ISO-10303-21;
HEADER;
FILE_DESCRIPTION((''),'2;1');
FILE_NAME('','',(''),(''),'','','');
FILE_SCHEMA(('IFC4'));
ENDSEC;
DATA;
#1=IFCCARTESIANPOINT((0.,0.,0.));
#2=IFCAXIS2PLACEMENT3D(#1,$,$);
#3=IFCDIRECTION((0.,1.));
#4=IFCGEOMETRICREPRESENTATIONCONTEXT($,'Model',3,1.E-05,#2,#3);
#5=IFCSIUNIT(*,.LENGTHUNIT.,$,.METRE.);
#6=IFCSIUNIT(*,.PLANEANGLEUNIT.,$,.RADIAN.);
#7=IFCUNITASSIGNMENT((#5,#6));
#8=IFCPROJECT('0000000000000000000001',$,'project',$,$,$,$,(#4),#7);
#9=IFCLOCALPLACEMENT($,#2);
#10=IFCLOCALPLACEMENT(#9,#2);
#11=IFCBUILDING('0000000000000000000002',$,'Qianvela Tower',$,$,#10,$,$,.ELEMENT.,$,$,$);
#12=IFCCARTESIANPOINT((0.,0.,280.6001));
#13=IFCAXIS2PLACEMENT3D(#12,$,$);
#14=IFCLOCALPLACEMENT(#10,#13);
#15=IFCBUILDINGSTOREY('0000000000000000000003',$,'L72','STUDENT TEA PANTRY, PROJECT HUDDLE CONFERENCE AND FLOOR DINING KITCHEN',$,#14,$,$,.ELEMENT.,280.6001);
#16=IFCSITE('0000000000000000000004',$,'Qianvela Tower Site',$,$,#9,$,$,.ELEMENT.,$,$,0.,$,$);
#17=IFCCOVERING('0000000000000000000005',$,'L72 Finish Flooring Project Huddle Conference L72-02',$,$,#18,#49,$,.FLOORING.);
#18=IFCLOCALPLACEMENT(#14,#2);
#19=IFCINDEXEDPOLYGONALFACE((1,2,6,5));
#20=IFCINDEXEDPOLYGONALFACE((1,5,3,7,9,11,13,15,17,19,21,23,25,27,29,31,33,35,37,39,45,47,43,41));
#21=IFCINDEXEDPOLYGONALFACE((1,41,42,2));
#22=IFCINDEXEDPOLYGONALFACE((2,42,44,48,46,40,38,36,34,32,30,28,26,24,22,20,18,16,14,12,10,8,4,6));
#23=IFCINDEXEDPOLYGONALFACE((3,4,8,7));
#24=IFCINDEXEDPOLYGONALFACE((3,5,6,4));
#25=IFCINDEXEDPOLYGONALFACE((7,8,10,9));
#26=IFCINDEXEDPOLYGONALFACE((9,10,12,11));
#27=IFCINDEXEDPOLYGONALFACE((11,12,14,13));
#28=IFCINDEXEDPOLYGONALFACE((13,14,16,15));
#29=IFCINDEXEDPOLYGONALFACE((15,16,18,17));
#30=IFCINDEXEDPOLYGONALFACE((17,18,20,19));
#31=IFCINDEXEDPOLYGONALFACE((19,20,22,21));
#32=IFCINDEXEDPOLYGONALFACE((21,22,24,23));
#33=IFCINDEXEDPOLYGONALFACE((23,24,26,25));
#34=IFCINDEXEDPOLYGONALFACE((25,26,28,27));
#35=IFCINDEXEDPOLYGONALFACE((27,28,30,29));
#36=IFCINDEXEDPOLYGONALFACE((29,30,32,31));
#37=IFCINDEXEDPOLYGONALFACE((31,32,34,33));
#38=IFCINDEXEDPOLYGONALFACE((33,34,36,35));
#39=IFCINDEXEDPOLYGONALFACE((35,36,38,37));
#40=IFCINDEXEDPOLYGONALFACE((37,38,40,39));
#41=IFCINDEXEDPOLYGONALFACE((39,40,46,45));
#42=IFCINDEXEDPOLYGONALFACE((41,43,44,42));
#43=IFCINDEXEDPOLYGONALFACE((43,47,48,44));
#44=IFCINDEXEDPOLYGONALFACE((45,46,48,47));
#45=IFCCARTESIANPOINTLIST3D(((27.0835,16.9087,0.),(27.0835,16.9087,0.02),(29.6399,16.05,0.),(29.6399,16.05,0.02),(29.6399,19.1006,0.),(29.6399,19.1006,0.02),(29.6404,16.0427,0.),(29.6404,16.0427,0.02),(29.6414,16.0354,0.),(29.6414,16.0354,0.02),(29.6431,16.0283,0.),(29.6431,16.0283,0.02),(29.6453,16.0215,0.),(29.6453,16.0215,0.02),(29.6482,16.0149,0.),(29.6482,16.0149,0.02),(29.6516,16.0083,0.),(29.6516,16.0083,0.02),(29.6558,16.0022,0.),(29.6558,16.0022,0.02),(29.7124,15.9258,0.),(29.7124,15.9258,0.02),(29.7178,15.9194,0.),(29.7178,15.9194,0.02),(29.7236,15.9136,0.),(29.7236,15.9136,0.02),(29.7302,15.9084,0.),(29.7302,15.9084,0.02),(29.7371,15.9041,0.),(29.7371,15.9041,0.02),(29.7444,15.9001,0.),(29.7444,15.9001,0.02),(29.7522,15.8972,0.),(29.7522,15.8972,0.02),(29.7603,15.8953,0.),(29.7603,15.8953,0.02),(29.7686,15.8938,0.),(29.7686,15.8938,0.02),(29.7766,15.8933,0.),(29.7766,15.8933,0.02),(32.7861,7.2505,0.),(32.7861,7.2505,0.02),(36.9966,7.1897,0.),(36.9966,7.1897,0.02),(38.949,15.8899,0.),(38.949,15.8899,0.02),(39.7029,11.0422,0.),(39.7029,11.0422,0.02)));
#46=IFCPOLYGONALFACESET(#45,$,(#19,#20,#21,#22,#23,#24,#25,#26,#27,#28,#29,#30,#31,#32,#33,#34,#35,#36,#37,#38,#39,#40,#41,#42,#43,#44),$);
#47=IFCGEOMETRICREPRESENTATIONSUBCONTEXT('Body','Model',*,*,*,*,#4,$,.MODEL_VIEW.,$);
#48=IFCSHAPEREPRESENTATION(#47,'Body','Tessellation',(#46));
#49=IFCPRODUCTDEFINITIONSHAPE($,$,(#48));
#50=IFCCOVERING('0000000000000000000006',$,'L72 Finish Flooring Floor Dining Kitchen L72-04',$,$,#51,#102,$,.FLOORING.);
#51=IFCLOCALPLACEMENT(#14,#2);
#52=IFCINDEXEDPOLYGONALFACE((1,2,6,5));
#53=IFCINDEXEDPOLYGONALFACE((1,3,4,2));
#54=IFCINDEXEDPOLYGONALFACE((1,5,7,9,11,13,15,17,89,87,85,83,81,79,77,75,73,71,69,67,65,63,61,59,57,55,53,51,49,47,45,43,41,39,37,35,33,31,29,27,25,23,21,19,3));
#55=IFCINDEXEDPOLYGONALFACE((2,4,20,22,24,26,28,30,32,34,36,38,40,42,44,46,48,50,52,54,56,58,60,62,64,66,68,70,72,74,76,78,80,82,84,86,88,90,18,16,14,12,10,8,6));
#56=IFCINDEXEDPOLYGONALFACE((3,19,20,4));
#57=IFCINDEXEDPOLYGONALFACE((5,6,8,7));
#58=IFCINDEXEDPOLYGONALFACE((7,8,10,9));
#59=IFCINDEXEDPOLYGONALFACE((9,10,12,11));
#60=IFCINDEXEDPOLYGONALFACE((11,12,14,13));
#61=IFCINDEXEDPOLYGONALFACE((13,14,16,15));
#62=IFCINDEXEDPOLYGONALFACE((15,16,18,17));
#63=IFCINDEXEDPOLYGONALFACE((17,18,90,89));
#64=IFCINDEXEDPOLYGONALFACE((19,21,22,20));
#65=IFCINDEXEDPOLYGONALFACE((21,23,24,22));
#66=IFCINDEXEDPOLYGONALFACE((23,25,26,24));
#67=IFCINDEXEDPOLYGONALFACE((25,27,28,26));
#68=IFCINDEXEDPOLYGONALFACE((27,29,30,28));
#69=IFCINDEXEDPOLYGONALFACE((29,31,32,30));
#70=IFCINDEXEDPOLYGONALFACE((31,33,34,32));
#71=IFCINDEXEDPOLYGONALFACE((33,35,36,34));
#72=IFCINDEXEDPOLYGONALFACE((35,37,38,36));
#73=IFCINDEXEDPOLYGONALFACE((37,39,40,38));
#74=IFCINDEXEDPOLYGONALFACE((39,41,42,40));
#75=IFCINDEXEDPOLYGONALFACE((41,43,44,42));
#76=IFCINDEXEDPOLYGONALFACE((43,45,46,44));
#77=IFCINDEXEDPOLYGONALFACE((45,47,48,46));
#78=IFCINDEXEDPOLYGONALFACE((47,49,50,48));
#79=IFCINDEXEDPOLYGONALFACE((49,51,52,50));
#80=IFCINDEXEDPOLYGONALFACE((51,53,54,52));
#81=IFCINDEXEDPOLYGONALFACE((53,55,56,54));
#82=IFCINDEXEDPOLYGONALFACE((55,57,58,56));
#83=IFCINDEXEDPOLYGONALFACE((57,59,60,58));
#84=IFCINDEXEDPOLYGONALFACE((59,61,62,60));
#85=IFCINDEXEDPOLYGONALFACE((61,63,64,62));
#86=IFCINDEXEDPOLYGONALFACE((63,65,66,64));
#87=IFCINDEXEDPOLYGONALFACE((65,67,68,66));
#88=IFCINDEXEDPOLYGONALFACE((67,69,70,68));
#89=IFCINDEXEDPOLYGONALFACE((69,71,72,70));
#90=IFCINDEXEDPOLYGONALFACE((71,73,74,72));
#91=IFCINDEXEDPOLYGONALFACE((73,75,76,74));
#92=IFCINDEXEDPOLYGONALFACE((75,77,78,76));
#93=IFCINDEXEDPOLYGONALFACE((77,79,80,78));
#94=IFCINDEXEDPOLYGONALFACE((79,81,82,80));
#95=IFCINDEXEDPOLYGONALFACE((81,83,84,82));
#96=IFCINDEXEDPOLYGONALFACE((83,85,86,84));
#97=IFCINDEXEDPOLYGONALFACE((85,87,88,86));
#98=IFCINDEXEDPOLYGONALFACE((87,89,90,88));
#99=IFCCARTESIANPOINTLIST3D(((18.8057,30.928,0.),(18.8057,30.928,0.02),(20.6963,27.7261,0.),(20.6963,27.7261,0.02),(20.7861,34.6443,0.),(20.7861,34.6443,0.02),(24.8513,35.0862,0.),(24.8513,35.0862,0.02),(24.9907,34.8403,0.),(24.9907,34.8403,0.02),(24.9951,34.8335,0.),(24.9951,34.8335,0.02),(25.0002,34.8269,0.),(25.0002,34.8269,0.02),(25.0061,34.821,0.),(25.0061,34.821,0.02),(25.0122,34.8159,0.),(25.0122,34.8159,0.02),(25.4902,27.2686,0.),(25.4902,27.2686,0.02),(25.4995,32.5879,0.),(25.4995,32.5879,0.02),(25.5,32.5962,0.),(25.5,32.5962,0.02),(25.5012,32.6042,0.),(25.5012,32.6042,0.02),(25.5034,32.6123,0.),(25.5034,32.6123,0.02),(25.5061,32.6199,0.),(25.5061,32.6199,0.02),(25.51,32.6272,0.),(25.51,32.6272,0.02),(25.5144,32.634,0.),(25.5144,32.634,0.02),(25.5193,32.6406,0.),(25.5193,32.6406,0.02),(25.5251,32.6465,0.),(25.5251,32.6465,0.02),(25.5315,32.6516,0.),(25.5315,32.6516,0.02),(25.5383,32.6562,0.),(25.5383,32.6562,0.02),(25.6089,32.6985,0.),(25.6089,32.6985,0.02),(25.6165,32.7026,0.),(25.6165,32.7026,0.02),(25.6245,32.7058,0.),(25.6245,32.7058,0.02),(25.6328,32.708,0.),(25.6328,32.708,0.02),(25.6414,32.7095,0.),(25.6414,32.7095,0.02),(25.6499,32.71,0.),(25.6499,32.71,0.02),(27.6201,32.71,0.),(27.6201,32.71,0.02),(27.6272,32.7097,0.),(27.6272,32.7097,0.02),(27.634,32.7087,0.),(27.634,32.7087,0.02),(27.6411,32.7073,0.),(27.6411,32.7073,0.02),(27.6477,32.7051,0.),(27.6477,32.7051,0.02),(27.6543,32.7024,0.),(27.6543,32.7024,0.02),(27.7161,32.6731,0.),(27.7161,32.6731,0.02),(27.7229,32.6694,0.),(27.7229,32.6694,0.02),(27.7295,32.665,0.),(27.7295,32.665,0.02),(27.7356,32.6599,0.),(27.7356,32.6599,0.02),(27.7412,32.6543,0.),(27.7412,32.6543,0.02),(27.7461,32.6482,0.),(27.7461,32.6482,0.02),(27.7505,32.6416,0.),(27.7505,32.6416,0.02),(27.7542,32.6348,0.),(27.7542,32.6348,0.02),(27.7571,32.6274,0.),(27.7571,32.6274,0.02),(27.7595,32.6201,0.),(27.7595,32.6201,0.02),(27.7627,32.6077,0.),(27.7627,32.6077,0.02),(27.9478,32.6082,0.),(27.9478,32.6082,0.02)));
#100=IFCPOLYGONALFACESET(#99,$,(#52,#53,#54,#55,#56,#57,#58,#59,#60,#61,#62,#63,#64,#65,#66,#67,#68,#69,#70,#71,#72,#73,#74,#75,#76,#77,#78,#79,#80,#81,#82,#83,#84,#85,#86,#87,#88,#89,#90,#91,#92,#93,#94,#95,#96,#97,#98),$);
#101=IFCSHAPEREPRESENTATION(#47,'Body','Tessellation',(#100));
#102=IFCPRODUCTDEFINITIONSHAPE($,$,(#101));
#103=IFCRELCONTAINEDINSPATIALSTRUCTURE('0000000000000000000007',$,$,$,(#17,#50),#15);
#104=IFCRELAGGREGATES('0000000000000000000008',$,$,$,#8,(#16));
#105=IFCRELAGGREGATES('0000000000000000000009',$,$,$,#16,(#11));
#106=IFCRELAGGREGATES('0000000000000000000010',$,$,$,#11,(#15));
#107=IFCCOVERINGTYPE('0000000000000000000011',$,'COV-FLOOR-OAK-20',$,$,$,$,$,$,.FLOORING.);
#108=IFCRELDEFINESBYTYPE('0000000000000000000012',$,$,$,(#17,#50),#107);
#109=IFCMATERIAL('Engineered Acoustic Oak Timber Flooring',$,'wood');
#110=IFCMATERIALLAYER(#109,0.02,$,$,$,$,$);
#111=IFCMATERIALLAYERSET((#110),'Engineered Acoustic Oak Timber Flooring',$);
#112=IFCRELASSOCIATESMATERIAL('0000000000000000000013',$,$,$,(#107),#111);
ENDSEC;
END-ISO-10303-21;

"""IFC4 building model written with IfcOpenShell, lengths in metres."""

from ifc_helpers import new_model, si_unit, direction, frame, origin, place, context, subcontext, project, spatial, polyline, outline, extrude, material, layer, layer_set, type_object, element, save


model = new_model("IFC4")

# Units and contexts
model_context = context("Model", 3, precision=1e-05, world=origin(), true_north=direction((0.0, 1.0)))
body_context = subcontext(model_context, "Body", "Model", "MODEL_VIEW")
ifc_project = project(units=[si_unit("LENGTHUNIT", "METRE"), si_unit("PLANEANGLEUNIT", "RADIAN")], contexts=[model_context])

# Site, building, storey
site_placement = place(None, origin())
site = spatial("IfcSite", under=ifc_project, at=site_placement, Name="Qianvela Tower Site", CompositionType="ELEMENT", RefElevation=0.0)
building_placement = place(site_placement, origin())
building = spatial("IfcBuilding", under=site, at=building_placement, Name="Qianvela Tower", CompositionType="ELEMENT")
storey_placement = place(building_placement, frame((0.0, 0.0, 280.6001)))
storey = spatial("IfcBuildingStorey", under=building, at=storey_placement, Name="L72", Description="STUDENT TEA PANTRY, PROJECT HUDDLE CONFERENCE AND FLOOR DINING KITCHEN", CompositionType="ELEMENT", Elevation=280.6001)

# Coverings
ifc_material_1 = material(Name="Engineered Acoustic Oak Timber Flooring", Category="wood")
ifc_layer_1 = layer(ifc_material_1, 0.02)
ifc_layer_set_1 = layer_set([ifc_layer_1], Name="Engineered Acoustic Oak Timber Flooring")
covering_type_1 = type_object("IfcCoveringType", Name="COV-FLOOR-OAK-20", PredefinedType="FLOORING", material=ifc_layer_set_1)
covering_1_placement = place(storey_placement, origin())
element("IfcCovering", 1, at=covering_1_placement, inside=storey, type_object=covering_type_1, Name="L72 Finish Flooring Project Huddle Conference L72-02", PredefinedType="FLOORING", context=body_context, shape_type="SweptSolid", body=[
    extrude(outline(polyline([(27.0835, 16.9087), (29.6399, 19.1006), (29.6399, 16.05), (29.6404, 16.0427), (29.6414, 16.0354), (29.6431, 16.0283), (29.6453, 16.0215), (29.6482, 16.0149), (29.6516, 16.0083), (29.6558, 16.0022), (29.7124, 15.9258), (29.7178, 15.9194), (29.7236, 15.9136), (29.7302, 15.9084), (29.7371, 15.9041), (29.7444, 15.9001), (29.7522, 15.8972), (29.7603, 15.8953), (29.7686, 15.8938), (29.7766, 15.8933), (38.949, 15.8899), (39.7029, 11.0422), (36.9966, 7.1897), (32.7861, 7.2505), (27.0835, 16.9087)])), origin(), (0.0, 0.0, 1.0), 0.02),
])
covering_2_placement = place(storey_placement, origin())
element("IfcCovering", 2, at=covering_2_placement, inside=storey, type_object=covering_type_1, Name="L72 Finish Flooring Floor Dining Kitchen L72-04", PredefinedType="FLOORING", context=body_context, shape_type="SweptSolid", body=[
    extrude(outline(polyline([(20.7861, 34.6443), (24.8513, 35.0862), (24.9907, 34.8403), (24.9951, 34.8335), (25.0002, 34.8269), (25.0061, 34.821), (25.0122, 34.8159), (27.9478, 32.6082), (27.7627, 32.6077), (27.7595, 32.6201), (27.7571, 32.6274), (27.7542, 32.6348), (27.7505, 32.6416), (27.7461, 32.6482), (27.7412, 32.6543), (27.7356, 32.6599), (27.7295, 32.665), (27.7229, 32.6694), (27.7161, 32.6731), (27.6543, 32.7024), (27.6477, 32.7051), (27.6411, 32.7073), (27.634, 32.7087), (27.6272, 32.7097), (27.6201, 32.71), (25.6499, 32.71), (25.6414, 32.7095), (25.6328, 32.708), (25.6245, 32.7058), (25.6165, 32.7026), (25.6089, 32.6985), (25.5383, 32.6562), (25.5315, 32.6516), (25.5251, 32.6465), (25.5193, 32.6406), (25.5144, 32.634), (25.51, 32.6272), (25.5061, 32.6199), (25.5034, 32.6123), (25.5012, 32.6042), (25.5, 32.5962), (25.4995, 32.5879), (25.4902, 27.2686), (20.6963, 27.7261), (18.8057, 30.928), (20.7861, 34.6443)])), origin(), (0.0, 0.0, 1.0), 0.02),
])

save(model, "model.ifc")
